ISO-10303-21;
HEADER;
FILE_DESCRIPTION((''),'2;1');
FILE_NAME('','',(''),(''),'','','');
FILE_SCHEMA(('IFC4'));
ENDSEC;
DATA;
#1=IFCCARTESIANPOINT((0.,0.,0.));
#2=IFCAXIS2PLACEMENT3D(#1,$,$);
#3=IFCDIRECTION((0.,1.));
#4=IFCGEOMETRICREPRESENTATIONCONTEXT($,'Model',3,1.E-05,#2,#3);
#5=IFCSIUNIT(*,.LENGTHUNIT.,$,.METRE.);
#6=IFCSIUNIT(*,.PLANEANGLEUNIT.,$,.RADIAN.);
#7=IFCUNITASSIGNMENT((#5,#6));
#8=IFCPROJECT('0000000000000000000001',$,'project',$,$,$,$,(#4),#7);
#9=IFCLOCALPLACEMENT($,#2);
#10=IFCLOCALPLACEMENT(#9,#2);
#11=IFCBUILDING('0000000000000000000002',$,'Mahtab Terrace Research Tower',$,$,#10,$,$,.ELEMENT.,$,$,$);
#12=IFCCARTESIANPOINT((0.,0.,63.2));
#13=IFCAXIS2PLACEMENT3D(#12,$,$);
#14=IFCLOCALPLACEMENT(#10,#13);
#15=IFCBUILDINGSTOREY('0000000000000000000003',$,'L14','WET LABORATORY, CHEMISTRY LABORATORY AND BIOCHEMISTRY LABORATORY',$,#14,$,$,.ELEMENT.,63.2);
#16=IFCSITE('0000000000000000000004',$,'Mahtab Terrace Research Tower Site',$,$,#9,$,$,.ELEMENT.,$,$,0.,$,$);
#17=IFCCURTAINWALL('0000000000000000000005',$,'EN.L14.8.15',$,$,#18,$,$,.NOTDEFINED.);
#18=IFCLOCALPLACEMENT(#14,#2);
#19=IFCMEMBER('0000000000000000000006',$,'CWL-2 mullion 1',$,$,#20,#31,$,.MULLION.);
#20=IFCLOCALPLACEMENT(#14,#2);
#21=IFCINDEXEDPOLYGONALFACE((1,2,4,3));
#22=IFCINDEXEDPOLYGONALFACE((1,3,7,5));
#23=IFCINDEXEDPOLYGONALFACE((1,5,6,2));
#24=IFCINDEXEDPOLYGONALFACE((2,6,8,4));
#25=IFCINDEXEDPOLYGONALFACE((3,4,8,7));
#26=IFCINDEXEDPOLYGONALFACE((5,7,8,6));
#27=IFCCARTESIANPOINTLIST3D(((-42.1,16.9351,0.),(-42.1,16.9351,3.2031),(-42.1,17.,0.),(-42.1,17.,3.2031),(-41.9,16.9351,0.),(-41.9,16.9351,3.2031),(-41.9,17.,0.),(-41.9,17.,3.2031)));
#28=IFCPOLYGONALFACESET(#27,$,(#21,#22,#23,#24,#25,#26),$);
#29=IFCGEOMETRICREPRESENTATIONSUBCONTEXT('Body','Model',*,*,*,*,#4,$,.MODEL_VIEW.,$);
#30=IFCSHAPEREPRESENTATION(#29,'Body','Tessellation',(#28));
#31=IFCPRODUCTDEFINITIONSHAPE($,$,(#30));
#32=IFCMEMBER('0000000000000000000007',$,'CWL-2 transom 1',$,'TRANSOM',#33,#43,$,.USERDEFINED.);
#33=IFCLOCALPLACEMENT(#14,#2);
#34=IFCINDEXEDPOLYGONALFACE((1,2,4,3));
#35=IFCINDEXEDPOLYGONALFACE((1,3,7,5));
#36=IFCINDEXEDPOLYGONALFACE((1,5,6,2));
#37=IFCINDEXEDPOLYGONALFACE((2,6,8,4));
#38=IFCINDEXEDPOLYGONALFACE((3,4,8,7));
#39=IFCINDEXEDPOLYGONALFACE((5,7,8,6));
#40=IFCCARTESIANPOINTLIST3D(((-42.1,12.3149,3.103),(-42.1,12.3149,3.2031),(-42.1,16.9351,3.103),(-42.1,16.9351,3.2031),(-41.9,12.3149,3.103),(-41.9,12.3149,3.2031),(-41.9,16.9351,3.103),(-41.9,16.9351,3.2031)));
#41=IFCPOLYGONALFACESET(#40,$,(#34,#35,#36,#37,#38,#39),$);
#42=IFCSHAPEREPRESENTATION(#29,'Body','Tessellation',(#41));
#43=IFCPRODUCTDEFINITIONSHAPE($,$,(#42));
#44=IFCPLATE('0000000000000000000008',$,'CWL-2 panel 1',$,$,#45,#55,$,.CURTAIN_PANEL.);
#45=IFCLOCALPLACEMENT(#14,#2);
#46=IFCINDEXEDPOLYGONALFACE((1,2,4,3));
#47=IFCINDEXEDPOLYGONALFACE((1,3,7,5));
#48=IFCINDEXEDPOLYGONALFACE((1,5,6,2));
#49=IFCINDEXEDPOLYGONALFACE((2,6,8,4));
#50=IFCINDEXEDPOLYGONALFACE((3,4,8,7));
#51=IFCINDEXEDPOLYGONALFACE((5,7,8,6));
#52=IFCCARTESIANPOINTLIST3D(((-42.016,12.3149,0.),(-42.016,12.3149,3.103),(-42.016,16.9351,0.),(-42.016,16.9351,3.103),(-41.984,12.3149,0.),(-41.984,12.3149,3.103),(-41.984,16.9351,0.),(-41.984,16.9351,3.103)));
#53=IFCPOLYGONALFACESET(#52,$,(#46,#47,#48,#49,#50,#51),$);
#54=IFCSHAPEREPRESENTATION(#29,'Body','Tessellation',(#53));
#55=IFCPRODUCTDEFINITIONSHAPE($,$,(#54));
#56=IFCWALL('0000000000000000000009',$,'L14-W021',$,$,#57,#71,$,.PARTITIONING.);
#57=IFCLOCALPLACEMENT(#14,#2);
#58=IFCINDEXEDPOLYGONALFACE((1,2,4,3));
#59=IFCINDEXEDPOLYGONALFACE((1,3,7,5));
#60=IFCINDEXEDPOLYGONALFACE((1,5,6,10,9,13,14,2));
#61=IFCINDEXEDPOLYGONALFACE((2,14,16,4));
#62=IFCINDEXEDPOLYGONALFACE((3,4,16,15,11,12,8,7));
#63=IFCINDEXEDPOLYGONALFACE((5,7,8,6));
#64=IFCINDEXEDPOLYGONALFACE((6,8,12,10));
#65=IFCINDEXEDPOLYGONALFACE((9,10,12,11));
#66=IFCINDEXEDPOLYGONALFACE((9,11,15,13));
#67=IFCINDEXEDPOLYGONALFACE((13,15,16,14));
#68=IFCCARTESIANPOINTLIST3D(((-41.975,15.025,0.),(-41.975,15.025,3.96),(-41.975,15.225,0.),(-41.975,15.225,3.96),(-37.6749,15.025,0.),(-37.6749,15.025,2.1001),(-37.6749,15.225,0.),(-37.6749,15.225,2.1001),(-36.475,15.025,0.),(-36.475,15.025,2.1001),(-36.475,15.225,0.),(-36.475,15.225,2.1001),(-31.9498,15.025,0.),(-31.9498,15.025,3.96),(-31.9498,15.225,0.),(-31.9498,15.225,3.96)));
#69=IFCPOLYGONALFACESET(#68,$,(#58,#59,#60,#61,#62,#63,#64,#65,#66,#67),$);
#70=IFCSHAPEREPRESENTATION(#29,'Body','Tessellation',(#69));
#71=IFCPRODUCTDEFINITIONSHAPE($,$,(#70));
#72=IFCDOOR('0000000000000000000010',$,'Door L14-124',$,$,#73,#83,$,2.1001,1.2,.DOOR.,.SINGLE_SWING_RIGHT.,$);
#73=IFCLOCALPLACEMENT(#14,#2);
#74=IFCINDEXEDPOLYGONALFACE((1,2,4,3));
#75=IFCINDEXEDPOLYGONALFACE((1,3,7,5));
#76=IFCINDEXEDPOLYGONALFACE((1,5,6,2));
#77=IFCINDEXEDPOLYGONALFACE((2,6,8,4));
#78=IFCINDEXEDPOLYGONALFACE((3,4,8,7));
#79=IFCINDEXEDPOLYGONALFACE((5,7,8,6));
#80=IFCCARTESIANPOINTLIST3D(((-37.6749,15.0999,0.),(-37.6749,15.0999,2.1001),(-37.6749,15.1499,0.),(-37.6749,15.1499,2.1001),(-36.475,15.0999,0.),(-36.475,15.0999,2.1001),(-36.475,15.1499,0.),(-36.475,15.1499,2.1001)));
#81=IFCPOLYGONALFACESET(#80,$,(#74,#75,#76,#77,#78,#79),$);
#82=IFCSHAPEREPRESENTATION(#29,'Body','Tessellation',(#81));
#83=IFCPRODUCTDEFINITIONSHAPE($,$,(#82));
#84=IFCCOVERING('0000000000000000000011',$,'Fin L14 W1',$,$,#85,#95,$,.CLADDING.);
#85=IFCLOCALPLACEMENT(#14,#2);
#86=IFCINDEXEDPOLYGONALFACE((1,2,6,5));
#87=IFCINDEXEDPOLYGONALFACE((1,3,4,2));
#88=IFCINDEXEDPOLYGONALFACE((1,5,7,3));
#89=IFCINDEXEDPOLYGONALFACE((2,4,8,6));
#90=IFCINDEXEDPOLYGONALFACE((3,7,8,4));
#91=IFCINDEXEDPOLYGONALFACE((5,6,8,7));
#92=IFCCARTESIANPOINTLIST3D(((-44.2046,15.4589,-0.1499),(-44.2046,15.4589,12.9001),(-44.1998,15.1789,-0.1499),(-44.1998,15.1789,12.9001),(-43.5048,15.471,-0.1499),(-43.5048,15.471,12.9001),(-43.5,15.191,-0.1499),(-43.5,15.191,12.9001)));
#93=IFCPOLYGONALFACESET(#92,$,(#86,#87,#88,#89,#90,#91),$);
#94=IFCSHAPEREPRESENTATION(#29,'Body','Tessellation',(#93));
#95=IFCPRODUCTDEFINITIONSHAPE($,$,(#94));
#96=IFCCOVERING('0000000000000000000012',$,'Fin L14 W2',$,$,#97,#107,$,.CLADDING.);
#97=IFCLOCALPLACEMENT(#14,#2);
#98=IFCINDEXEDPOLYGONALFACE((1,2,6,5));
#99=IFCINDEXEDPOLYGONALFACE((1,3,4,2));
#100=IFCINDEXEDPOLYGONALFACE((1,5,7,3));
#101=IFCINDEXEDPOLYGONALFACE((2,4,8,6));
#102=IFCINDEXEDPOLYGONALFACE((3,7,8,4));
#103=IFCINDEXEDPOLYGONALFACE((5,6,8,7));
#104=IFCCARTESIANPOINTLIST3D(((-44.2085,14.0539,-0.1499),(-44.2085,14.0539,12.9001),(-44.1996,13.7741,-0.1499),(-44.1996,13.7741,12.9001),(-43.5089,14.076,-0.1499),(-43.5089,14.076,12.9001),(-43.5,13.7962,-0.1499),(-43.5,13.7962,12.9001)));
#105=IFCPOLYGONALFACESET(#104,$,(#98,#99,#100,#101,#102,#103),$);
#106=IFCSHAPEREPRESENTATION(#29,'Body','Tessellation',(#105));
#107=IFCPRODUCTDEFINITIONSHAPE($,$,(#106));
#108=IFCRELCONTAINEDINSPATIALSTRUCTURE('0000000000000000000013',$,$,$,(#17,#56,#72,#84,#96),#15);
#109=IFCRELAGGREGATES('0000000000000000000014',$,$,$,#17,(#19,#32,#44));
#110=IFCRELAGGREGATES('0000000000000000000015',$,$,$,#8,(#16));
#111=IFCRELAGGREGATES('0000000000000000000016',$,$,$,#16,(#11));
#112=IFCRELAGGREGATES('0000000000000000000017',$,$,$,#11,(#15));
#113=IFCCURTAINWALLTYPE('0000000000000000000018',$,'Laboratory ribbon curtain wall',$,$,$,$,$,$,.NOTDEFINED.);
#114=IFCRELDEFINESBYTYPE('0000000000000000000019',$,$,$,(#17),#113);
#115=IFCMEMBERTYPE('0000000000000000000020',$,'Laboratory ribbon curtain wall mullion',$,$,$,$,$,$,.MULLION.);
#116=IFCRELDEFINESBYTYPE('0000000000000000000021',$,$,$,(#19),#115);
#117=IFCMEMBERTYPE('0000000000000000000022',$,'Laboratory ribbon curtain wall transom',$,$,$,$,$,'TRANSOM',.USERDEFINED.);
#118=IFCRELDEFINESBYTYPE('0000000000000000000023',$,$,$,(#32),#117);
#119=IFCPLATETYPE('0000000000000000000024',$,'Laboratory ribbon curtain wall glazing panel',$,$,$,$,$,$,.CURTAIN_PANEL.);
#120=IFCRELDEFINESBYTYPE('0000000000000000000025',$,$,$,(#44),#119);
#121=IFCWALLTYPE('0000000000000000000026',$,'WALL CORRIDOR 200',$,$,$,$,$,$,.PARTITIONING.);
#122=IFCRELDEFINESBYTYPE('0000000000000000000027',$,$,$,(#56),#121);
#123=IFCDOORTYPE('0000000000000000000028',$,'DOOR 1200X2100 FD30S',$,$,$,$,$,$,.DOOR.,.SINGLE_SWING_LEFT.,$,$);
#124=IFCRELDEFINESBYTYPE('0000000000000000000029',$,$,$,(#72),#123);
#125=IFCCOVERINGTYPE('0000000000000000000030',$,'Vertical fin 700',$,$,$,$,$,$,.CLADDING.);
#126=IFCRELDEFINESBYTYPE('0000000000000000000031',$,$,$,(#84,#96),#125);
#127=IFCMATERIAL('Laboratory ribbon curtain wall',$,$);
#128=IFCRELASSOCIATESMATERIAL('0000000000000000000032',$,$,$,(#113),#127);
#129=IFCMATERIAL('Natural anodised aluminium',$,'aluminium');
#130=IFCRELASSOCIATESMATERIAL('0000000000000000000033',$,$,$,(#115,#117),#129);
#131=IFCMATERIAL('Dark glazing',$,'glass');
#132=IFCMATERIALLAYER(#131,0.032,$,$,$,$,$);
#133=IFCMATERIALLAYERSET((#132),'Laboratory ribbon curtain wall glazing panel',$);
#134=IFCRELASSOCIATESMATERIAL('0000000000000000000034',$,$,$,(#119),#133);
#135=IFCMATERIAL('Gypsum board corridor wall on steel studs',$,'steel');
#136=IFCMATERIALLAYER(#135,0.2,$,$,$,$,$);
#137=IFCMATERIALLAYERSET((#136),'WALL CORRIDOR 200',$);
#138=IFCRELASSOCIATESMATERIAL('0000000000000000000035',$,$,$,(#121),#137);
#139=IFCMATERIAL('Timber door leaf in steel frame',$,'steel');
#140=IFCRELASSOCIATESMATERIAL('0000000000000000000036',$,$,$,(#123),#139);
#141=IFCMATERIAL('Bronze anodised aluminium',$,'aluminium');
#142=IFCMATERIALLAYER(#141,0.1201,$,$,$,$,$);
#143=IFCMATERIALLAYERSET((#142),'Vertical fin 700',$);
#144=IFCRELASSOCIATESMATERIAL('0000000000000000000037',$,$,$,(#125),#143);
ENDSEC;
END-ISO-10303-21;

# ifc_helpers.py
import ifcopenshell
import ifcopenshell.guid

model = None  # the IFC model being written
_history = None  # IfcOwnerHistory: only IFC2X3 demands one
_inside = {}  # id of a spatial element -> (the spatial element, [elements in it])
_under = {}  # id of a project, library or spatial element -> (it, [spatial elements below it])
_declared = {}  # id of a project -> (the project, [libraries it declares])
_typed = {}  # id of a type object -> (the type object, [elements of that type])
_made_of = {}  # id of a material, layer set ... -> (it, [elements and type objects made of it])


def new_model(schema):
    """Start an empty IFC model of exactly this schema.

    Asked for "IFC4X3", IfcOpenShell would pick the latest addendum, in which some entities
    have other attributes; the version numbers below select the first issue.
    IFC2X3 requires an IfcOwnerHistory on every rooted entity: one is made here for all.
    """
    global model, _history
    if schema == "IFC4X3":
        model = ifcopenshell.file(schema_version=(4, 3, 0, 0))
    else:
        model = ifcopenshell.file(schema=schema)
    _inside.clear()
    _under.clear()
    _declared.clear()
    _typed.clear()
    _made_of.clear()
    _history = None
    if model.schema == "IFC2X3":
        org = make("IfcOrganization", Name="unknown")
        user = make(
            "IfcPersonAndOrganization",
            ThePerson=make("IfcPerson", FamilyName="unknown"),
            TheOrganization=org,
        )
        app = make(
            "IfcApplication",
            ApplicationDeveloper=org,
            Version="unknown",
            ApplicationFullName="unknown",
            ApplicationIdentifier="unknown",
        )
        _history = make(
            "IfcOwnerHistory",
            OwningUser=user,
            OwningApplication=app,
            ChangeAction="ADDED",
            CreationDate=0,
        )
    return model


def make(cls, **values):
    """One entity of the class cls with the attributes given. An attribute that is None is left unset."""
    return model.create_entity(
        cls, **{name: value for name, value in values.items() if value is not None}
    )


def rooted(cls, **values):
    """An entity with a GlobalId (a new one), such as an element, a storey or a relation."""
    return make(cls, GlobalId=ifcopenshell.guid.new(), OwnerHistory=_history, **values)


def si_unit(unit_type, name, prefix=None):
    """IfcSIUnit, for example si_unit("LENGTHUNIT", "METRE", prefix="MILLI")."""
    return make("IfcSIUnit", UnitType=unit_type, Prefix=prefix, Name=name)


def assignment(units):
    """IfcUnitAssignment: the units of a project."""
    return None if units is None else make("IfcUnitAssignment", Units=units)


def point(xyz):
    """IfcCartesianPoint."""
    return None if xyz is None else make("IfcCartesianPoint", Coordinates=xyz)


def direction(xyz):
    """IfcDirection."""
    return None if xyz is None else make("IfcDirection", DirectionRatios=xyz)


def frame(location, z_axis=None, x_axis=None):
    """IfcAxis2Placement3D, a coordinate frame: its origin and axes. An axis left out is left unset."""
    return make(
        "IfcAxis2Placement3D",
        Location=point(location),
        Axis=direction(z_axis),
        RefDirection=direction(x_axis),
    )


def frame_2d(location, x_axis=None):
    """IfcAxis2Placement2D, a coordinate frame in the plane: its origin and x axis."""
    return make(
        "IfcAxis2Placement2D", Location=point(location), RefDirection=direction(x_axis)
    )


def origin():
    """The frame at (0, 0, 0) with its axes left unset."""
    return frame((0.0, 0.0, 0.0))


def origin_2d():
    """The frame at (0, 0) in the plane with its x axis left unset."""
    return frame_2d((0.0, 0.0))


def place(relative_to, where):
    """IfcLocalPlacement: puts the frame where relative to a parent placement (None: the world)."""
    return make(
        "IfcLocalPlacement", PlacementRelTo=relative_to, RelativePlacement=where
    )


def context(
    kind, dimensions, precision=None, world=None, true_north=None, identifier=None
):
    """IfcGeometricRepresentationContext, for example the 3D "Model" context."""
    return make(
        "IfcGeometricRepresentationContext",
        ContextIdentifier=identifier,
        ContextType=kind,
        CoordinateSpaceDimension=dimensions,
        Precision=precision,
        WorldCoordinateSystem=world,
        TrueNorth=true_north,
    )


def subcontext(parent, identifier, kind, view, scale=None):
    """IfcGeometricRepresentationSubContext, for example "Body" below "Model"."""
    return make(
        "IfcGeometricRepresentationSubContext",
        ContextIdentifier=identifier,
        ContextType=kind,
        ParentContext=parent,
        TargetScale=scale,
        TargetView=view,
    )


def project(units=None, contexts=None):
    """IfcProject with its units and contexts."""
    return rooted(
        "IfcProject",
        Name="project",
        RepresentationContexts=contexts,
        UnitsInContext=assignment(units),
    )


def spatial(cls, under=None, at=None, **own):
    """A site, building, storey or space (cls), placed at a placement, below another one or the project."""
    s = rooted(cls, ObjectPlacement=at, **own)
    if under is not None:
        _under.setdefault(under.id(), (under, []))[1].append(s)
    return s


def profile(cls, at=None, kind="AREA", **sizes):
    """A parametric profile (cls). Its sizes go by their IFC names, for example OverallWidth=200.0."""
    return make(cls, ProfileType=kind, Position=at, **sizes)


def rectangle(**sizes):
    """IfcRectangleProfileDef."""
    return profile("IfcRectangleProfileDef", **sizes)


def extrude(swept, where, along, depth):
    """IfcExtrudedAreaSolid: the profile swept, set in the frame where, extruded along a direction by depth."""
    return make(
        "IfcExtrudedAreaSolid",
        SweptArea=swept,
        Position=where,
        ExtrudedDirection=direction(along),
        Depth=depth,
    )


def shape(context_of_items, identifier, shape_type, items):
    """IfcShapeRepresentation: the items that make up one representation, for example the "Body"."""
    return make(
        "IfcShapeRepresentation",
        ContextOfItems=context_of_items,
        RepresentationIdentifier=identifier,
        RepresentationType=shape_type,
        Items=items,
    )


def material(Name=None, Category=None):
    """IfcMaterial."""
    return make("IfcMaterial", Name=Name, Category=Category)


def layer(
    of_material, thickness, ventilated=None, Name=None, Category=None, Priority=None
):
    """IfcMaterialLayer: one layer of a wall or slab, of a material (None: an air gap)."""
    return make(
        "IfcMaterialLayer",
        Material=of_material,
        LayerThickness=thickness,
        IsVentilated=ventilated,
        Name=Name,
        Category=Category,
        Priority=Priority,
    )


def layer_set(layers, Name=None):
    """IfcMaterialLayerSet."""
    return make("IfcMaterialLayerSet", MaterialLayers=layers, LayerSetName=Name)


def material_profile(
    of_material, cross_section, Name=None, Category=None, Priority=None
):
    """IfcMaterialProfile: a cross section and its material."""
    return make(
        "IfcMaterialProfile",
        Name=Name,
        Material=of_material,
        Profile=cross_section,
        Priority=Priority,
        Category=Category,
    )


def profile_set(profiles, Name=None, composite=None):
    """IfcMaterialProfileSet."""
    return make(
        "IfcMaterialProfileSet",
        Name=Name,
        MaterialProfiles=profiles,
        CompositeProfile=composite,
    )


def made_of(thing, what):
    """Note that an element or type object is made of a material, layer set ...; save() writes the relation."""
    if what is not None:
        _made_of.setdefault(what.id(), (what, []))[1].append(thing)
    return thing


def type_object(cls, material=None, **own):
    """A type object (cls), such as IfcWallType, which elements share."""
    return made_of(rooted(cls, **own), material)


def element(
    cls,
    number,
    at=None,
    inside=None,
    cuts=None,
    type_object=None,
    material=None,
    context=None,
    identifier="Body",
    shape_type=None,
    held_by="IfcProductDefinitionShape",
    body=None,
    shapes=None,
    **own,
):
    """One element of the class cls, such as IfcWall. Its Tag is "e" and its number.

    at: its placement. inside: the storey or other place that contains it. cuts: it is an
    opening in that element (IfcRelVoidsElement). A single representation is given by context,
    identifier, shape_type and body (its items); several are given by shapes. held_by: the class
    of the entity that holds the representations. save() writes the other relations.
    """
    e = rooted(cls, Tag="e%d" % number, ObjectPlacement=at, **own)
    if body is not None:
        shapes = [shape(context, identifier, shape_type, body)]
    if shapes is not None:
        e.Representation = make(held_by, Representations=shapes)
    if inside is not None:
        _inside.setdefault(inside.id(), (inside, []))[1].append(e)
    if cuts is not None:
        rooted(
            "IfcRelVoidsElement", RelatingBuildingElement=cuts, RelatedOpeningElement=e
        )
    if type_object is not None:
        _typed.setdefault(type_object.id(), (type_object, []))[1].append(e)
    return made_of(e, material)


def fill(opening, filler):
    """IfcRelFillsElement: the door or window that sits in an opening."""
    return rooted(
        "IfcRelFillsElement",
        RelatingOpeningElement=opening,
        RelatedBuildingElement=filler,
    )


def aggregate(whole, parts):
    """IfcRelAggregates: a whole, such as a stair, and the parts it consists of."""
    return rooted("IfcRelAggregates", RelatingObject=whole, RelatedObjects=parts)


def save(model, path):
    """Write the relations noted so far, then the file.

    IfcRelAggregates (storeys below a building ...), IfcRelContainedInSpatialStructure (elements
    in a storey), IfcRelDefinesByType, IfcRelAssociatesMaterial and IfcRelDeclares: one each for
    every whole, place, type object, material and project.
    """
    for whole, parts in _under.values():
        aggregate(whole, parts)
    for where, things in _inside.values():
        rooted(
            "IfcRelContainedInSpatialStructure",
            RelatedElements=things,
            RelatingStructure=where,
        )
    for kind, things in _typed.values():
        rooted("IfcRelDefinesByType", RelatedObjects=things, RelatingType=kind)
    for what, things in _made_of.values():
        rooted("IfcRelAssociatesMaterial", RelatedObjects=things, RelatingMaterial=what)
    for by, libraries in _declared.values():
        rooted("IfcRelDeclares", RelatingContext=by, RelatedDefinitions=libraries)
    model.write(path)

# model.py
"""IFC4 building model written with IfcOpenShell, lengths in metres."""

from ifc_helpers import new_model, si_unit, direction, frame, frame_2d, origin, origin_2d, place, context, subcontext, project, spatial, rectangle, extrude, material, layer, layer_set, material_profile, profile_set, type_object, element, fill, aggregate, save


model = new_model("IFC4")

# Units and contexts
model_context = context("Model", 3, precision=1e-05, world=origin(), true_north=direction((0.0, 1.0)))
body_context = subcontext(model_context, "Body", "Model", "MODEL_VIEW")
ifc_project = project(units=[si_unit("LENGTHUNIT", "METRE"), si_unit("PLANEANGLEUNIT", "RADIAN")], contexts=[model_context])

# Site, building, storey
site_placement = place(None, origin())
site = spatial("IfcSite", under=ifc_project, at=site_placement, Name="Mahtab Terrace Research Tower Site", CompositionType="ELEMENT", RefElevation=0.0)
building_placement = place(site_placement, origin())
building = spatial("IfcBuilding", under=site, at=building_placement, Name="Mahtab Terrace Research Tower", CompositionType="ELEMENT")
storey_placement = place(building_placement, frame((0.0, 0.0, 63.2)))
storey = spatial("IfcBuildingStorey", under=building, at=storey_placement, Name="L14", Description="WET LABORATORY, CHEMISTRY LABORATORY AND BIOCHEMISTRY LABORATORY", CompositionType="ELEMENT", Elevation=63.2)

# Curtain wall, members, plate
ifc_material_1 = material(Name="Laboratory ribbon curtain wall")
curtain_wall_type = type_object("IfcCurtainWallType", Name="Laboratory ribbon curtain wall", PredefinedType="NOTDEFINED", material=ifc_material_1)
curtain_wall_placement = place(storey_placement, origin())
curtain_wall = element("IfcCurtainWall", 1, at=curtain_wall_placement, inside=storey, type_object=curtain_wall_type, Name="EN.L14.8.15", PredefinedType="NOTDEFINED")
ifc_material_2 = material(Name="Natural anodised aluminium", Category="aluminium")
ifc_material_profile_1 = material_profile(ifc_material_2, rectangle(XDim=0.2, YDim=0.0649, at=origin_2d()), Name="MULLION 65x200")
ifc_profile_set_1 = profile_set([ifc_material_profile_1], Name="Natural anodised aluminium")
member_type_1 = type_object("IfcMemberType", Name="Laboratory ribbon curtain wall mullion", PredefinedType="MULLION", material=ifc_profile_set_1)
member_1_placement = place(storey_placement, frame((-42.0, 16.9675, 0.0), z_axis=(0.0, 0.0, 1.0), x_axis=(1.0, 0.0, 0.0)))
member_1 = element("IfcMember", 2, at=member_1_placement, type_object=member_type_1, Name="CWL-2 mullion 1", PredefinedType="MULLION", context=body_context, shape_type="SweptSolid", body=[
    extrude(rectangle(XDim=0.2, YDim=0.0649, at=origin_2d()), origin(), (0.0, 0.0, 1.0), 3.2031),
])
ifc_material_profile_2 = material_profile(ifc_material_2, rectangle(XDim=0.2, YDim=0.1001, at=origin_2d()), Name="TRANSOM 100x200")
ifc_profile_set_2 = profile_set([ifc_material_profile_2], Name="Natural anodised aluminium")
member_type_2 = type_object("IfcMemberType", Name="Laboratory ribbon curtain wall transom", ElementType="TRANSOM", PredefinedType="USERDEFINED", material=ifc_profile_set_2)
member_2_placement = place(storey_placement, frame((-42.0, 16.9351, 3.1531), z_axis=(0.0, -1.0, 0.0), x_axis=(1.0, 0.0, 0.0)))
member_2 = element("IfcMember", 3, at=member_2_placement, type_object=member_type_2, Name="CWL-2 transom 1", ObjectType="TRANSOM", PredefinedType="USERDEFINED", context=body_context, shape_type="SweptSolid", body=[
    extrude(rectangle(XDim=0.2, YDim=0.1001, at=origin_2d()), origin(), (0.0, 0.0, 1.0), 4.6201),
])
ifc_material_3 = material(Name="Dark glazing", Category="glass")
ifc_layer_1 = layer(ifc_material_3, 0.032)
ifc_layer_set_1 = layer_set([ifc_layer_1], Name="Laboratory ribbon curtain wall glazing panel")
plate_type = type_object("IfcPlateType", Name="Laboratory ribbon curtain wall glazing panel", PredefinedType="CURTAIN_PANEL", material=ifc_layer_set_1)
plate_placement = place(storey_placement, frame((-42.0, 14.625, 0.0), z_axis=(0.0, 0.0, 1.0), x_axis=(0.0, -1.0, 0.0)))
plate = element("IfcPlate", 4, at=plate_placement, type_object=plate_type, Name="CWL-2 panel 1", PredefinedType="CURTAIN_PANEL", context=body_context, shape_type="SweptSolid", body=[
    extrude(rectangle(XDim=4.6201, YDim=0.032, at=origin_2d()), origin(), (0.0, 0.0, 1.0), 3.103),
])
aggregate(curtain_wall, [member_1, member_2, plate])

# Wall, opening, door
ifc_material_4 = material(Name="Gypsum board corridor wall on steel studs", Category="steel")
ifc_layer_2 = layer(ifc_material_4, 0.2)
ifc_layer_set_2 = layer_set([ifc_layer_2], Name="WALL CORRIDOR 200")
wall_type = type_object("IfcWallType", Name="WALL CORRIDOR 200", PredefinedType="PARTITIONING", material=ifc_layer_set_2)
wall_1_placement = place(storey_placement, frame((-41.9751, 15.125, 0.0), z_axis=(0.0, 0.0, 1.0), x_axis=(1.0, 0.0, 0.0)))
wall_1 = element("IfcWall", 5, at=wall_1_placement, inside=storey, type_object=wall_type, Name="L14-W021", PredefinedType="PARTITIONING", context=body_context, shape_type="SweptSolid", body=[
    extrude(rectangle(XDim=10.0251, YDim=0.2, at=frame_2d((5.0127, 0.0))), origin(), (0.0, 0.0, 1.0), 3.96),
])
opening_1_placement = place(wall_1_placement, frame((4.3, 0.0, 0.0)))
opening_1 = element("IfcOpeningElement", 6, at=opening_1_placement, cuts=wall_1, PredefinedType="OPENING", context=body_context, shape_type="SweptSolid", body=[
    extrude(rectangle(XDim=1.2, YDim=2.1001, at=frame_2d((0.6001, 1.05))), frame((0.0, 0.1099, 0.0), z_axis=(0.0, -1.0, 0.0), x_axis=(1.0, 0.0, 0.0)), (0.0, 0.0, 1.0), 0.22),
])
ifc_material_5 = material(Name="Timber door leaf in steel frame", Category="steel")
door_type_1 = type_object("IfcDoorType", Name="DOOR 1200X2100 FD30S", OperationType="SINGLE_SWING_LEFT", PredefinedType="DOOR", material=ifc_material_5)
door_1_placement = place(opening_1_placement, origin())
door_1 = element("IfcDoor", 7, at=door_1_placement, inside=storey, type_object=door_type_1, Name="Door L14-124", OperationType="SINGLE_SWING_RIGHT", OverallHeight=2.1001, OverallWidth=1.2, PredefinedType="DOOR", context=body_context, shape_type="SweptSolid", body=[
    extrude(rectangle(XDim=1.2, YDim=2.1001, at=frame_2d((0.6001, 1.05))), frame((0.0, 0.0249, 0.0), z_axis=(0.0, -1.0, 0.0), x_axis=(1.0, 0.0, 0.0)), (0.0, 0.0, 1.0), 0.05),
])
fill(opening_1, door_1)

# Coverings
ifc_material_6 = material(Name="Bronze anodised aluminium", Category="aluminium")
ifc_layer_3 = layer(ifc_material_6, 0.1201)
ifc_layer_set_3 = layer_set([ifc_layer_3], Name="Vertical fin 700")
covering_type = type_object("IfcCoveringType", Name="Vertical fin 700", PredefinedType="CLADDING", material=ifc_layer_set_3)
for number, where, z_axis, x_axis, name in (
    (8, (-43.8523, 15.325, -0.1499), (0.0, 0.0, 1.0), (0.017196, -0.999852, 0.0), "Fin L14 W1"),
    (9, (-43.8542, 13.925, -0.1499), (0.0, 0.0, 1.0), (0.031565, -0.999502, 0.0), "Fin L14 W2"),
):
    element("IfcCovering", number, at=place(storey_placement, frame(where, z_axis=z_axis, x_axis=x_axis)), inside=storey, type_object=covering_type, Name=name, PredefinedType="CLADDING", context=body_context, shape_type="SweptSolid", body=[
        extrude(rectangle(XDim=0.28, YDim=0.7, at=origin_2d()), origin(), (0.0, 0.0, 1.0), 13.05),
    ])

save(model, "model.ifc")
